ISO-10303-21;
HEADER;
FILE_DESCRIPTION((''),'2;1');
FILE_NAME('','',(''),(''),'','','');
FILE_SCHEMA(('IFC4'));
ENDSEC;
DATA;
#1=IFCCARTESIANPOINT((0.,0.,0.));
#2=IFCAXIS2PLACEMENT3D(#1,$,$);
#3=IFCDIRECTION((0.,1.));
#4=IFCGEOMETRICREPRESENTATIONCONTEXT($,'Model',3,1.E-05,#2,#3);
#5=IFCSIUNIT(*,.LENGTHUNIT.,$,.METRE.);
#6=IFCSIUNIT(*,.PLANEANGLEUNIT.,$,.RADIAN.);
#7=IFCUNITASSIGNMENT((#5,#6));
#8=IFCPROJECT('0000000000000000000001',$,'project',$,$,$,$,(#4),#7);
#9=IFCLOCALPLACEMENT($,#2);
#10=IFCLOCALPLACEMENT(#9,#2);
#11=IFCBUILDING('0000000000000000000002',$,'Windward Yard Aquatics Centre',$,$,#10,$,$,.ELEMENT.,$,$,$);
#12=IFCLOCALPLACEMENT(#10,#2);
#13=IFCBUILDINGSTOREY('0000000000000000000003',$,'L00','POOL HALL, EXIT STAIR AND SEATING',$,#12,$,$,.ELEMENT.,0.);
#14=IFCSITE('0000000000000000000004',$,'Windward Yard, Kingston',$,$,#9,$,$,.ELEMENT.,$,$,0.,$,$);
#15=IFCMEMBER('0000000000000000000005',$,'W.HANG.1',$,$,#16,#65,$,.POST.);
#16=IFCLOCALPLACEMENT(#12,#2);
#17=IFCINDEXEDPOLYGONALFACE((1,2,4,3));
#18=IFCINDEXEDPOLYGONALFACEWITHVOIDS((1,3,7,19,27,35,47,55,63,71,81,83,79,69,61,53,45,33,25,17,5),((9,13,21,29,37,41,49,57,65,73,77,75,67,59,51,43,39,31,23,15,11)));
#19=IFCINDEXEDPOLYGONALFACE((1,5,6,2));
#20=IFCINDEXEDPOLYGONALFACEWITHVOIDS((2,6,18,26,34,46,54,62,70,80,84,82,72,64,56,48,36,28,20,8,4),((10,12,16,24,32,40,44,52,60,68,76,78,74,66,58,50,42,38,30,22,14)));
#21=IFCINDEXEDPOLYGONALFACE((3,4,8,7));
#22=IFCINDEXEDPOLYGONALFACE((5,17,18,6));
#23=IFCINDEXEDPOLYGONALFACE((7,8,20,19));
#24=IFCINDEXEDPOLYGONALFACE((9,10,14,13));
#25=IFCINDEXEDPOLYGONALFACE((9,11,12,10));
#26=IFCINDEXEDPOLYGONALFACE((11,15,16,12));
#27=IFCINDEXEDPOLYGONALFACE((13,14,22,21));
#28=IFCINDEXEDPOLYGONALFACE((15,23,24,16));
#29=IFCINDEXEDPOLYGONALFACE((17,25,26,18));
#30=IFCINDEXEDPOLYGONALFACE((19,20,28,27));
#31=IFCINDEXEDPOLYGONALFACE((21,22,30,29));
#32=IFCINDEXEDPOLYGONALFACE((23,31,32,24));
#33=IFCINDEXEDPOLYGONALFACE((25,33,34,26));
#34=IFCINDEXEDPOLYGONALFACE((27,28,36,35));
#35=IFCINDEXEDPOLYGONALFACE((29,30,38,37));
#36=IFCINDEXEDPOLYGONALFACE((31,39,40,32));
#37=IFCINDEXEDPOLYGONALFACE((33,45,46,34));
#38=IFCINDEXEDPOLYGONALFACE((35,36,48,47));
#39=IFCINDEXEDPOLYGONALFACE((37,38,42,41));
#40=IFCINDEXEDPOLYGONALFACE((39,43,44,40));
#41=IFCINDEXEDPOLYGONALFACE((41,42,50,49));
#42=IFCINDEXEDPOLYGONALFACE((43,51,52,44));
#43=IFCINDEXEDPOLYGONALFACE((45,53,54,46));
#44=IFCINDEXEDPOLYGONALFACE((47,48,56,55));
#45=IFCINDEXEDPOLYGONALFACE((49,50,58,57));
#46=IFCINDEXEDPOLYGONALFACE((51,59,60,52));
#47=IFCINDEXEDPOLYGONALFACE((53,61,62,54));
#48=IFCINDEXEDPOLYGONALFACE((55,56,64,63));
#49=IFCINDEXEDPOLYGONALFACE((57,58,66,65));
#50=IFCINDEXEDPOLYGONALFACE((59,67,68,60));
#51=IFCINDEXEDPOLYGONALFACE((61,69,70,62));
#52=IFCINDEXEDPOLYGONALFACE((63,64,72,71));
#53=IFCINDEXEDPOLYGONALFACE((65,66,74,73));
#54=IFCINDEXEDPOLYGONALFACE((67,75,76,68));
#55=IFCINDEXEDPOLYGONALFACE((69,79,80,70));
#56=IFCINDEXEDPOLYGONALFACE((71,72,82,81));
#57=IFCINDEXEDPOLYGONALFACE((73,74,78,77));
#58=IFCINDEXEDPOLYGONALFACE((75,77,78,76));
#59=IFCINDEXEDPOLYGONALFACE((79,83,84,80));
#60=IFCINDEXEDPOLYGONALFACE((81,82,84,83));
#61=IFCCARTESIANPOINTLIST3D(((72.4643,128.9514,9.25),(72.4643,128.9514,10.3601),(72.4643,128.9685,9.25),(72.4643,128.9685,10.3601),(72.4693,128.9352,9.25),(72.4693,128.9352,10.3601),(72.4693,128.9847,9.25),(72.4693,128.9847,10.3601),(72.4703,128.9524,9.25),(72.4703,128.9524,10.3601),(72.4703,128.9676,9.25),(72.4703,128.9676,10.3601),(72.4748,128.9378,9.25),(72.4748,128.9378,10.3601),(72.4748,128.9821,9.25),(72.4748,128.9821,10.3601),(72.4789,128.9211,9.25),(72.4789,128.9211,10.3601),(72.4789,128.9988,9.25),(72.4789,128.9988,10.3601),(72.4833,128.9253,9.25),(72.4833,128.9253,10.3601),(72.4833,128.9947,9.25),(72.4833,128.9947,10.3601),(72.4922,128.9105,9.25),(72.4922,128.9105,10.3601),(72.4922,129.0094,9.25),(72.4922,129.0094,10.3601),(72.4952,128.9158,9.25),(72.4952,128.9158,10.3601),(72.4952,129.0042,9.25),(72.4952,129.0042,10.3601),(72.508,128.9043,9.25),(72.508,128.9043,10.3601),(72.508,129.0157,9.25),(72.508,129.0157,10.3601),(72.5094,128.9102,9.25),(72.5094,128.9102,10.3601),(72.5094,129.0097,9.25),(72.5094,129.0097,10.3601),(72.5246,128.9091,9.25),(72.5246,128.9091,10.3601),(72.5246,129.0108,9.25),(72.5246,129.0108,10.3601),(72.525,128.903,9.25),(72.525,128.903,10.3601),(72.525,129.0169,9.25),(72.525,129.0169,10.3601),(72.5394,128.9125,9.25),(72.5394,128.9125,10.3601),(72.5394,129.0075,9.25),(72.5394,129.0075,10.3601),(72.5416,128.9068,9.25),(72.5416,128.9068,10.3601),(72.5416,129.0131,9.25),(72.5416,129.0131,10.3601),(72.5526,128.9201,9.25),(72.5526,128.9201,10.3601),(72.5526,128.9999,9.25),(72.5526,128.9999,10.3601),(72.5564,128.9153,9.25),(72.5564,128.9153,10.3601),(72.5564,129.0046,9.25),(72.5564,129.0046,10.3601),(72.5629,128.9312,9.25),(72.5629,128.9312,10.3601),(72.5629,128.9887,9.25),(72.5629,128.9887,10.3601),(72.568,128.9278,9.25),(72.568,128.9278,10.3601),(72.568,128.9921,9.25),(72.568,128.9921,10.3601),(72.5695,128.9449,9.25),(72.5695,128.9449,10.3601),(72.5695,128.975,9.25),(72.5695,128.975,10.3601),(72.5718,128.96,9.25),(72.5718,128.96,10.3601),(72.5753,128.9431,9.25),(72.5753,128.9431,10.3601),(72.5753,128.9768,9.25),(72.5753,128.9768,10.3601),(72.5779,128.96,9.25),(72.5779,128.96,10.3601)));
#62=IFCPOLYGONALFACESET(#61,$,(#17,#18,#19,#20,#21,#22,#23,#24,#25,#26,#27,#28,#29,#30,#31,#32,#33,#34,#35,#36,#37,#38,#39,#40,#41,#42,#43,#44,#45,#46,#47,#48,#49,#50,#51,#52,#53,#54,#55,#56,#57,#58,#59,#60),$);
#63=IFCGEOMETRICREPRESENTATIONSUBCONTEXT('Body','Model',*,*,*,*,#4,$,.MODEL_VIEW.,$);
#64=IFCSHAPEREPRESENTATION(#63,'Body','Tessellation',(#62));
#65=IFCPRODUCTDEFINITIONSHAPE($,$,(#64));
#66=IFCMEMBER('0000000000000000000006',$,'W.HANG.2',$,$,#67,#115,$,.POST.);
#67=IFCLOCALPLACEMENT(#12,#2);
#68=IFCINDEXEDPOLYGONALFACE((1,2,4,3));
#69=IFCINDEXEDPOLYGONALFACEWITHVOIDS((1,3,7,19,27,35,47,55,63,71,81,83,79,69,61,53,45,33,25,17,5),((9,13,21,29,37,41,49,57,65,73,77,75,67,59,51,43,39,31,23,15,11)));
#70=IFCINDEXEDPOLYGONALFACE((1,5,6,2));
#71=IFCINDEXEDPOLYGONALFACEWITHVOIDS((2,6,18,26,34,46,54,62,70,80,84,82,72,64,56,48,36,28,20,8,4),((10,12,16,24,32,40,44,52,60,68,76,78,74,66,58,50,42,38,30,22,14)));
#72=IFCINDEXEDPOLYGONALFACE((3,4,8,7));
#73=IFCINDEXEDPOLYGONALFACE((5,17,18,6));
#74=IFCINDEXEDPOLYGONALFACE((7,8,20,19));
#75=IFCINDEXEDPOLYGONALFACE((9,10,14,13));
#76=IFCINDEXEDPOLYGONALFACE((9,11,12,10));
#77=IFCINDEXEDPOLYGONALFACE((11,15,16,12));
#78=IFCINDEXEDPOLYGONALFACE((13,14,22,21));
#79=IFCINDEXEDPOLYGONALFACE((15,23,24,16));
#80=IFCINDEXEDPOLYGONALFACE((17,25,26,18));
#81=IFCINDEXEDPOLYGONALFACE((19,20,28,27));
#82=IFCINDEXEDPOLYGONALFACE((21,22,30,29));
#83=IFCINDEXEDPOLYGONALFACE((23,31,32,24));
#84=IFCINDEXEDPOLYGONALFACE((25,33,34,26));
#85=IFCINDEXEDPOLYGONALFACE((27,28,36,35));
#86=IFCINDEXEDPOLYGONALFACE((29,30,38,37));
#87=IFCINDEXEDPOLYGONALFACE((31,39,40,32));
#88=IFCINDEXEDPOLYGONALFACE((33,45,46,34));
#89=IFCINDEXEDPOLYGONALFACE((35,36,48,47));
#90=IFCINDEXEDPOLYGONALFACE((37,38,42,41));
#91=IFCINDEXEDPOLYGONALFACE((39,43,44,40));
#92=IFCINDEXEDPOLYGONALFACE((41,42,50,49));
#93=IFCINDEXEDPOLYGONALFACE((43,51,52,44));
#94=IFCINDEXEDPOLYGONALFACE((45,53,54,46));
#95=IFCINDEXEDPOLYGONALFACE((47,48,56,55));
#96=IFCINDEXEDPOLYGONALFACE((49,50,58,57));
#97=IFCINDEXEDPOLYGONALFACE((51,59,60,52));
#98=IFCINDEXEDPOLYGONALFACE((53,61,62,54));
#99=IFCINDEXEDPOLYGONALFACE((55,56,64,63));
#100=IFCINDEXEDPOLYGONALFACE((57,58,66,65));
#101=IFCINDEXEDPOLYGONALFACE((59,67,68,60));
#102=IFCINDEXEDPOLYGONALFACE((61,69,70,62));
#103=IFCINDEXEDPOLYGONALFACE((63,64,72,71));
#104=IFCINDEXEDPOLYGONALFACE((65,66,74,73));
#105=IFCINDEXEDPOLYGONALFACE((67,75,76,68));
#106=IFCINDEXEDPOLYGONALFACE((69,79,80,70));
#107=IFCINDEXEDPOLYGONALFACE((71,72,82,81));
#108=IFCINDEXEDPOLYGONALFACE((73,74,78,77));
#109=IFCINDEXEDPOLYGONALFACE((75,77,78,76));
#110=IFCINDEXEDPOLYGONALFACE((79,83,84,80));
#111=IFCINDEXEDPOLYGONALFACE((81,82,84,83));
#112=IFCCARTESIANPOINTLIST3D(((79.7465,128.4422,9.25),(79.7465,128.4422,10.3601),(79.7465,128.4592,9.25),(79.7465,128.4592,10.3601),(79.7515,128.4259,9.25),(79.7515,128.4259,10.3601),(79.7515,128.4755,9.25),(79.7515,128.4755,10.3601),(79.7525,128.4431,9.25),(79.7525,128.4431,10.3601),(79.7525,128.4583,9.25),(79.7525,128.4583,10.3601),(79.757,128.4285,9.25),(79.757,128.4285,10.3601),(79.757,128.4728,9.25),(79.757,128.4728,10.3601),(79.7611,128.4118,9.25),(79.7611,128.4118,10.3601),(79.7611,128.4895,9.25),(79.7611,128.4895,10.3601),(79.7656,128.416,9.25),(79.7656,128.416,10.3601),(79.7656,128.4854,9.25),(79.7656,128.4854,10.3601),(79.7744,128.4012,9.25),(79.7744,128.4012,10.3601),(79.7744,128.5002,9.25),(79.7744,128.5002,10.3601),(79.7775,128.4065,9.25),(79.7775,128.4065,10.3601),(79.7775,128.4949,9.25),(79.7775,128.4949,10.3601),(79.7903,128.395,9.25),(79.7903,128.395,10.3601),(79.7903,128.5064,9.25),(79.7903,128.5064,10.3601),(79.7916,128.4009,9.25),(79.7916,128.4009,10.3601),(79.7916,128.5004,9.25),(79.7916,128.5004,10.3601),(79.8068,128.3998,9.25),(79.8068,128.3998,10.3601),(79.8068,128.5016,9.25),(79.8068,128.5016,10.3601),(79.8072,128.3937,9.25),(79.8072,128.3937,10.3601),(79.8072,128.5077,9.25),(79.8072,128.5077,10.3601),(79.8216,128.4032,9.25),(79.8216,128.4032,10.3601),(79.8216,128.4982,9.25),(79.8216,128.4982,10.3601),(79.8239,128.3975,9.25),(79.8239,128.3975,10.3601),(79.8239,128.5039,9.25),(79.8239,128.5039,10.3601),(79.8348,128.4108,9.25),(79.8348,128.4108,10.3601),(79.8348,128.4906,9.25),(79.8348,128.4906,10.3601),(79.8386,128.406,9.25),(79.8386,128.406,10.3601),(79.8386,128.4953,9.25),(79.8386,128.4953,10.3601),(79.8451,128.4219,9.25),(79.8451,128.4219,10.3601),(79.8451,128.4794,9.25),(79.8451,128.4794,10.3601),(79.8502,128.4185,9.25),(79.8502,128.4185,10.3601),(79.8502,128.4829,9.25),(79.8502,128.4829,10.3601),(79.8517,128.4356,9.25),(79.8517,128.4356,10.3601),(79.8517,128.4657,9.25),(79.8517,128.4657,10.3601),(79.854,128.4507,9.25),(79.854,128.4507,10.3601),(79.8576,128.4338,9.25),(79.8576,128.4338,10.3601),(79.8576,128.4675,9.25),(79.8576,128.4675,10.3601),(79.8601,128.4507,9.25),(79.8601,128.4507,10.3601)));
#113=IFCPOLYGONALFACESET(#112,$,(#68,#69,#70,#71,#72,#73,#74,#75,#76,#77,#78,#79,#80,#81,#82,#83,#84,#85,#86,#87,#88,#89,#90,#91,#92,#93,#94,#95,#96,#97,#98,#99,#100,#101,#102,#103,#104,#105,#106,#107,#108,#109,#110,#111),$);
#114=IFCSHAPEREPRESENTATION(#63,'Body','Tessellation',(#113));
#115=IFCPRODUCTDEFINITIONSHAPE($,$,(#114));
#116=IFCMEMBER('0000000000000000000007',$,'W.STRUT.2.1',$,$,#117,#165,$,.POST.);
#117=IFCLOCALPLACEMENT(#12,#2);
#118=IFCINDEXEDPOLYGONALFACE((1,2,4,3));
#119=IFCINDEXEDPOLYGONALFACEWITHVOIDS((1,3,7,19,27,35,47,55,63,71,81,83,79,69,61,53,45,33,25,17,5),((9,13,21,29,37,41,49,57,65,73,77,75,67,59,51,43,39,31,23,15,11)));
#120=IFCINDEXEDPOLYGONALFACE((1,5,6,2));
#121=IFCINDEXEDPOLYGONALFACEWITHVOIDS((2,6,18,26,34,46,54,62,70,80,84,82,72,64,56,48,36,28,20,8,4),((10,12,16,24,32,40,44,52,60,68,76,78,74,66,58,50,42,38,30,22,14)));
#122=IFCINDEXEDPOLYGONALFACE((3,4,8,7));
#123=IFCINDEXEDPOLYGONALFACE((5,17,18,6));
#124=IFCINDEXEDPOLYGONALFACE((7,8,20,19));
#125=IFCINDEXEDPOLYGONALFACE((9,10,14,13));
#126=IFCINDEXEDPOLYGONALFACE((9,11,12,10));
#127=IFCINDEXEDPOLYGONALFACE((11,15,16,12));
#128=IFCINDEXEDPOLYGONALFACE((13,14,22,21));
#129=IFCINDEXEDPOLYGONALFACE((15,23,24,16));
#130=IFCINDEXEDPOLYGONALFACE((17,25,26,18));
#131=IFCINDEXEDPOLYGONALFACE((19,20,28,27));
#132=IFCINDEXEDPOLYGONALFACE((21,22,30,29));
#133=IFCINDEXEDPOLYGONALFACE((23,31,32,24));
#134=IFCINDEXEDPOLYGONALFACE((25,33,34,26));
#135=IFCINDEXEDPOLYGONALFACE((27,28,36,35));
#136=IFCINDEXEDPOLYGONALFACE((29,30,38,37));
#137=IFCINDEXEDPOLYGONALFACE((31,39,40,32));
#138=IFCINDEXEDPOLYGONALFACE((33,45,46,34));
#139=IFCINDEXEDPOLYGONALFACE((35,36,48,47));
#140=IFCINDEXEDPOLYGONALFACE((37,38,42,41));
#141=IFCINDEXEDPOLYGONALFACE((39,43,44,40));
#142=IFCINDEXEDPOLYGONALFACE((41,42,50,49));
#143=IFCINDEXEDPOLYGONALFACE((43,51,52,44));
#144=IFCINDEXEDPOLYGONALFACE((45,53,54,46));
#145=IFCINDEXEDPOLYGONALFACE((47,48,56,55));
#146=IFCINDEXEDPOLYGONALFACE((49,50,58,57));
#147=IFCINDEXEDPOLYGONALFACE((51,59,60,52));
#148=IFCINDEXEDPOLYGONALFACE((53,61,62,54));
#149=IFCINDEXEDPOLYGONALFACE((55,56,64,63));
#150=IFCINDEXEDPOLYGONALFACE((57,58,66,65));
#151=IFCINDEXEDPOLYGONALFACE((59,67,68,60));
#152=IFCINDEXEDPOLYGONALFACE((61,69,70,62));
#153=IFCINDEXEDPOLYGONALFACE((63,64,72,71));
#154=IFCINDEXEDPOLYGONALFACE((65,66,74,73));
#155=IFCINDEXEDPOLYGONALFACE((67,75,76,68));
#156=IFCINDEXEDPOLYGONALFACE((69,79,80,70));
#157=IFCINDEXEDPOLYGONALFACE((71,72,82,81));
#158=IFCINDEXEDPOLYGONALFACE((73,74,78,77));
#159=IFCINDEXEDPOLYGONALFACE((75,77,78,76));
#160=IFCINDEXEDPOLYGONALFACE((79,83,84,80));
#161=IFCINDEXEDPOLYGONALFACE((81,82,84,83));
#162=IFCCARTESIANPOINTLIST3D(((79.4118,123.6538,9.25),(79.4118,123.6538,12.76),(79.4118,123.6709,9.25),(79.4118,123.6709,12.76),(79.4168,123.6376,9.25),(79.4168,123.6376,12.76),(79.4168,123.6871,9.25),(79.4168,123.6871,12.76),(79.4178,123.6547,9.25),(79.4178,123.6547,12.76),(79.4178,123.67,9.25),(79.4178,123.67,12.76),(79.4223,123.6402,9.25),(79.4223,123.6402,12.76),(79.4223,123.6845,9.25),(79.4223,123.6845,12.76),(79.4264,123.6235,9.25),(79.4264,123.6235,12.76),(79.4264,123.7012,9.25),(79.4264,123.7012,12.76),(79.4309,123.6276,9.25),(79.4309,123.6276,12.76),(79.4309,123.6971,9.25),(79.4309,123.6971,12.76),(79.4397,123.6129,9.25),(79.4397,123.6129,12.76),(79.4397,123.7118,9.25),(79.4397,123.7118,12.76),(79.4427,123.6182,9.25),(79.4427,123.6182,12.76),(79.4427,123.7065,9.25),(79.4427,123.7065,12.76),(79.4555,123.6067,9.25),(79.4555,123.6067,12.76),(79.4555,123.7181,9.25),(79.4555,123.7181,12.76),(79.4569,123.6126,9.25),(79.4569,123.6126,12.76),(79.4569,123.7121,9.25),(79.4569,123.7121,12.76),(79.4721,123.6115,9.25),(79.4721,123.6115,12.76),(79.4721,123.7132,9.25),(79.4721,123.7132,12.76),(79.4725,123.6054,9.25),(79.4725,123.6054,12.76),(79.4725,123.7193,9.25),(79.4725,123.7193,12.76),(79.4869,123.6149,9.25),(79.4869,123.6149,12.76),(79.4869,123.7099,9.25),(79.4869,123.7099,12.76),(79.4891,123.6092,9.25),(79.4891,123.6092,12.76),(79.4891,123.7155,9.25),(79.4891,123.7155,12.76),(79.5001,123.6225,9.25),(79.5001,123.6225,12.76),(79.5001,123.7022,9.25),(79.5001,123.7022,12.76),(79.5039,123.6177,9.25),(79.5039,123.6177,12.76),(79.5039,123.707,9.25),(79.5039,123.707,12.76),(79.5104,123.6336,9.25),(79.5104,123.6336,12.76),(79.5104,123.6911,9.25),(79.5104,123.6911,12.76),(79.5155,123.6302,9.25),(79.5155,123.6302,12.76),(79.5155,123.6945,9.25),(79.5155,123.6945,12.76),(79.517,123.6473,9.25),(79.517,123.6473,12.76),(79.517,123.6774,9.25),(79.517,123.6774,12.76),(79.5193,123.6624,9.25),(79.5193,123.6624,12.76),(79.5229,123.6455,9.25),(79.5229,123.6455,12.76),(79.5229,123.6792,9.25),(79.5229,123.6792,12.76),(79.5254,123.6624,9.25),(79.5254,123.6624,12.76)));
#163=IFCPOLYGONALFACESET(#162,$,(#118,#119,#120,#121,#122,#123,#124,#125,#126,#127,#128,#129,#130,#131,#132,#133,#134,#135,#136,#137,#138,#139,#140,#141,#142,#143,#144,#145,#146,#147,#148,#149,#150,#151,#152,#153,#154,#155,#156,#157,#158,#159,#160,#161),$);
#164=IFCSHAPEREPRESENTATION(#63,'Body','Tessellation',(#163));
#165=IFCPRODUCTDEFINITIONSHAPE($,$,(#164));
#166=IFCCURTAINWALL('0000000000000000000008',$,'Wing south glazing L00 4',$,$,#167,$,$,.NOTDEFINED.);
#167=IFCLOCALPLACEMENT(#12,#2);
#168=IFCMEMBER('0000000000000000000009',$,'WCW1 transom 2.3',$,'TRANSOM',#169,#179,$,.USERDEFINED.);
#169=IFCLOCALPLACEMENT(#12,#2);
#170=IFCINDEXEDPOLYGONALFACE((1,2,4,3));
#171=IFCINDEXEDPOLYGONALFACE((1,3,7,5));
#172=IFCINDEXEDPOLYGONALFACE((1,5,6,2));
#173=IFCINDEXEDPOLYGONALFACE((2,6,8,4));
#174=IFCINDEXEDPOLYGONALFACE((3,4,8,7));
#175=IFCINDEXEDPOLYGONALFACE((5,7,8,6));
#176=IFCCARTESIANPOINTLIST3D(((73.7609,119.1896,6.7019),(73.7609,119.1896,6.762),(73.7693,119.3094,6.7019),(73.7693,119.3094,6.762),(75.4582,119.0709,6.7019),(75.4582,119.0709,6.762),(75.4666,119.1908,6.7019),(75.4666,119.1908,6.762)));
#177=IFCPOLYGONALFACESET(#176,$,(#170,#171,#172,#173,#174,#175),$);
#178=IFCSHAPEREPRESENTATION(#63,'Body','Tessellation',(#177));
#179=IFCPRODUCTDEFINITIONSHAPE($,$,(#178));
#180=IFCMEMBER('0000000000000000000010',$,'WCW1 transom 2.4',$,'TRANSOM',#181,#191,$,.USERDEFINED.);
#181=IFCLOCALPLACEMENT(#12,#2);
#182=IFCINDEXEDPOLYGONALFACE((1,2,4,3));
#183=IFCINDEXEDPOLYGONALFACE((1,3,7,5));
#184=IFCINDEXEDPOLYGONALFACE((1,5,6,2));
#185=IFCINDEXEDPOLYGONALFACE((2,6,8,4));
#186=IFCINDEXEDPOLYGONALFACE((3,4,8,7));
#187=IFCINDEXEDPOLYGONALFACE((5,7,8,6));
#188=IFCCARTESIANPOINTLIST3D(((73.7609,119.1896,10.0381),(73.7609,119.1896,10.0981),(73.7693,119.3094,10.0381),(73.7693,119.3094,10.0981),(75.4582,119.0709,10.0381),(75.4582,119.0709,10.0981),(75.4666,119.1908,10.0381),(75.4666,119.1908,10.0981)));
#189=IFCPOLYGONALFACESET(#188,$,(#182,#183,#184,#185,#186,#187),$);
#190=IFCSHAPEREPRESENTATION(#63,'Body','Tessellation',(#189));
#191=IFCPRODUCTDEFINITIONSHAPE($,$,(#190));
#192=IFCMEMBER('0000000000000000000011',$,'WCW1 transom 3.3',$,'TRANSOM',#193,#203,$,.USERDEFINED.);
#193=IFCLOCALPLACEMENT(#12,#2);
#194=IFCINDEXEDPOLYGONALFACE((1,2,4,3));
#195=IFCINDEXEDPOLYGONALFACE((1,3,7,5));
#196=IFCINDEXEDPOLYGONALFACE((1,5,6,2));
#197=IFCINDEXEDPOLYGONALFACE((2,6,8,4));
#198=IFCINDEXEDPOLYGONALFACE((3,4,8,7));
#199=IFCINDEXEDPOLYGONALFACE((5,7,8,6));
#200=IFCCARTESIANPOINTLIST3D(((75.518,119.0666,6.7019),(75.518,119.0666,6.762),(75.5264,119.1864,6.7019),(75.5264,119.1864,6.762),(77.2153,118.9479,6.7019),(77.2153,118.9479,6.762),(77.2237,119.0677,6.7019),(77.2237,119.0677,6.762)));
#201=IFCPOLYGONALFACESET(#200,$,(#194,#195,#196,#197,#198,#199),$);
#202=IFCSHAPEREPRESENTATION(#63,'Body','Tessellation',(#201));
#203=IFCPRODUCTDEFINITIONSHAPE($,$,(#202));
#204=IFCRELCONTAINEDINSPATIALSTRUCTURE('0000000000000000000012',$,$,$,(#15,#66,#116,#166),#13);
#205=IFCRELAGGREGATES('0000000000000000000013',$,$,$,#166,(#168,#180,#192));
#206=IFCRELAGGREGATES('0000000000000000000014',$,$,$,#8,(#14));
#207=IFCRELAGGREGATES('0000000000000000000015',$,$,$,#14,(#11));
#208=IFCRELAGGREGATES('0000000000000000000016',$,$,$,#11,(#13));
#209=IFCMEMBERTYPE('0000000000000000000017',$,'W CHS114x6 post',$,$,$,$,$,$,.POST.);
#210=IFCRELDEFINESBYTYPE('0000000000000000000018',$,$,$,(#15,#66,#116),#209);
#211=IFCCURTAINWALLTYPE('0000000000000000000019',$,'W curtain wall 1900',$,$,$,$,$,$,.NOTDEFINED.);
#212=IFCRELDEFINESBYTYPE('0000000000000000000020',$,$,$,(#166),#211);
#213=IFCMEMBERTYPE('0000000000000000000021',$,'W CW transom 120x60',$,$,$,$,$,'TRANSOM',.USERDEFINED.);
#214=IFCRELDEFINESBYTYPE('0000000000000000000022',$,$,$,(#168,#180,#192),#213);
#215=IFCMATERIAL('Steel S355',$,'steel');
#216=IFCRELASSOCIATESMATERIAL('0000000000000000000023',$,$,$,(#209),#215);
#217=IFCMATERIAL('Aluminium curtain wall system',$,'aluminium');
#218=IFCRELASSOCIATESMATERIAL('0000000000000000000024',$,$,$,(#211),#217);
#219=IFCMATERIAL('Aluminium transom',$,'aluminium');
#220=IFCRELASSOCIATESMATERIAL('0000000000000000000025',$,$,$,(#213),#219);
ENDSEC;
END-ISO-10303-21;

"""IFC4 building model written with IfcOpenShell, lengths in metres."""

from ifc_helpers import new_model, si_unit, direction, frame, origin, origin_2d, place, context, subcontext, project, spatial, rectangle, hollow_circle, extrude, material, material_profile, profile_set, type_object, element, aggregate, save


model = new_model("IFC4")

# Units and contexts
model_context = context("Model", 3, precision=1e-05, world=origin(), true_north=direction((0.0, 1.0)))
body_context = subcontext(model_context, "Body", "Model", "MODEL_VIEW")
ifc_project = project(units=[si_unit("LENGTHUNIT", "METRE"), si_unit("PLANEANGLEUNIT", "RADIAN")], contexts=[model_context])

# Site, building, storey
site_placement = place(None, origin())
site = spatial("IfcSite", under=ifc_project, at=site_placement, Name="Windward Yard, Kingston", CompositionType="ELEMENT", RefElevation=0.0)
building_placement = place(site_placement, origin())
building = spatial("IfcBuilding", under=site, at=building_placement, Name="Windward Yard Aquatics Centre", CompositionType="ELEMENT")
storey_placement = place(building_placement, origin())
storey = spatial("IfcBuildingStorey", under=building, at=storey_placement, Name="L00", Description="POOL HALL, EXIT STAIR AND SEATING", CompositionType="ELEMENT", Elevation=0.0)

# Members
ifc_material_1 = material(Name="Steel S355", Category="steel")
ifc_material_profile_1 = material_profile(ifc_material_1, hollow_circle(Radius=0.0571, WallThickness=0.0061, at=origin_2d()), Name="CHS114x6")
ifc_profile_set_1 = profile_set([ifc_material_profile_1], Name="Steel S355")
member_type_1 = type_object("IfcMemberType", Name="W CHS114x6 post", PredefinedType="POST", material=ifc_profile_set_1)
for number, where, z_axis, x_axis, name in (
    (1, (72.5208, 128.96, 9.25), (0.0, 0.0, 1.0), (1.0, 0.0, 0.0), "W.HANG.1"),
    (2, (79.803, 128.4507, 9.25), (0.0, 0.0, 1.0), (1.0, 0.0, 0.0), "W.HANG.2"),
):
    element("IfcMember", number, at=place(storey_placement, frame(where, z_axis=z_axis, x_axis=x_axis)), inside=storey, type_object=member_type_1, Name=name, PredefinedType="POST", context=body_context, shape_type="SweptSolid", body=[
        extrude(hollow_circle(Radius=0.0571, WallThickness=0.0061, at=origin_2d()), origin(), (0.0, 0.0, 1.0), 1.1101),
    ])
member_1_placement = place(storey_placement, frame((79.4683, 123.6624, 9.25), z_axis=(0.0, 0.0, 1.0), x_axis=(1.0, 0.0, 0.0)))
element("IfcMember", 3, at=member_1_placement, inside=storey, type_object=member_type_1, Name="W.STRUT.2.1", PredefinedType="POST", context=body_context, shape_type="SweptSolid", body=[
    extrude(hollow_circle(Radius=0.0571, WallThickness=0.0061, at=origin_2d()), origin(), (0.0, 0.0, 1.0), 3.51),
])

# Curtain wall, members
ifc_material_2 = material(Name="Aluminium curtain wall system", Category="aluminium")
curtain_wall_type = type_object("IfcCurtainWallType", Name="W curtain wall 1900", PredefinedType="NOTDEFINED", material=ifc_material_2)
curtain_wall_1_placement = place(storey_placement, origin())
curtain_wall_1 = element("IfcCurtainWall", 4, at=curtain_wall_1_placement, inside=storey, type_object=curtain_wall_type, Name="Wing south glazing L00 4", PredefinedType="NOTDEFINED")
ifc_material_3 = material(Name="Aluminium transom", Category="aluminium")
ifc_material_profile_2 = material_profile(ifc_material_3, rectangle(XDim=0.1201, YDim=0.0601, at=origin_2d()), Name="AL 120x60")
ifc_profile_set_2 = profile_set([ifc_material_profile_2], Name="Aluminium transom")
member_type_2 = type_object("IfcMemberType", Name="W CW transom 120x60", ElementType="TRANSOM", PredefinedType="USERDEFINED", material=ifc_profile_set_2)
member_2_placement = place(storey_placement, frame((73.7651, 119.2495, 6.7319), z_axis=(0.997565, -0.069738, 0.0), x_axis=(0.069738, 0.997565, 0.0)))
member_2 = element("IfcMember", 5, at=member_2_placement, type_object=member_type_2, Name="WCW1 transom 2.3", ObjectType="TRANSOM", PredefinedType="USERDEFINED", context=body_context, shape_type="SweptSolid", body=[
    extrude(rectangle(XDim=0.1201, YDim=0.0601, at=origin_2d()), origin(), (0.0, 0.0, 1.0), 1.7014),
])
member_3_placement = place(storey_placement, frame((73.7651, 119.2495, 10.0681), z_axis=(0.997565, -0.069738, 0.0), x_axis=(0.069738, 0.997565, 0.0)))
member_3 = element("IfcMember", 6, at=member_3_placement, type_object=member_type_2, Name="WCW1 transom 2.4", ObjectType="TRANSOM", PredefinedType="USERDEFINED", context=body_context, shape_type="SweptSolid", body=[
    extrude(rectangle(XDim=0.1201, YDim=0.0601, at=origin_2d()), origin(), (0.0, 0.0, 1.0), 1.7014),
])
member_4_placement = place(storey_placement, frame((75.5222, 119.1265, 6.7319), z_axis=(0.997565, -0.069738, 0.0), x_axis=(0.069738, 0.997565, 0.0)))
member_4 = element("IfcMember", 7, at=member_4_placement, type_object=member_type_2, Name="WCW1 transom 3.3", ObjectType="TRANSOM", PredefinedType="USERDEFINED", context=body_context, shape_type="SweptSolid", body=[
    extrude(rectangle(XDim=0.1201, YDim=0.0601, at=origin_2d()), origin(), (0.0, 0.0, 1.0), 1.7014),
])

aggregate(curtain_wall_1, [member_2, member_3, member_4])

save(model, "model.ifc")
